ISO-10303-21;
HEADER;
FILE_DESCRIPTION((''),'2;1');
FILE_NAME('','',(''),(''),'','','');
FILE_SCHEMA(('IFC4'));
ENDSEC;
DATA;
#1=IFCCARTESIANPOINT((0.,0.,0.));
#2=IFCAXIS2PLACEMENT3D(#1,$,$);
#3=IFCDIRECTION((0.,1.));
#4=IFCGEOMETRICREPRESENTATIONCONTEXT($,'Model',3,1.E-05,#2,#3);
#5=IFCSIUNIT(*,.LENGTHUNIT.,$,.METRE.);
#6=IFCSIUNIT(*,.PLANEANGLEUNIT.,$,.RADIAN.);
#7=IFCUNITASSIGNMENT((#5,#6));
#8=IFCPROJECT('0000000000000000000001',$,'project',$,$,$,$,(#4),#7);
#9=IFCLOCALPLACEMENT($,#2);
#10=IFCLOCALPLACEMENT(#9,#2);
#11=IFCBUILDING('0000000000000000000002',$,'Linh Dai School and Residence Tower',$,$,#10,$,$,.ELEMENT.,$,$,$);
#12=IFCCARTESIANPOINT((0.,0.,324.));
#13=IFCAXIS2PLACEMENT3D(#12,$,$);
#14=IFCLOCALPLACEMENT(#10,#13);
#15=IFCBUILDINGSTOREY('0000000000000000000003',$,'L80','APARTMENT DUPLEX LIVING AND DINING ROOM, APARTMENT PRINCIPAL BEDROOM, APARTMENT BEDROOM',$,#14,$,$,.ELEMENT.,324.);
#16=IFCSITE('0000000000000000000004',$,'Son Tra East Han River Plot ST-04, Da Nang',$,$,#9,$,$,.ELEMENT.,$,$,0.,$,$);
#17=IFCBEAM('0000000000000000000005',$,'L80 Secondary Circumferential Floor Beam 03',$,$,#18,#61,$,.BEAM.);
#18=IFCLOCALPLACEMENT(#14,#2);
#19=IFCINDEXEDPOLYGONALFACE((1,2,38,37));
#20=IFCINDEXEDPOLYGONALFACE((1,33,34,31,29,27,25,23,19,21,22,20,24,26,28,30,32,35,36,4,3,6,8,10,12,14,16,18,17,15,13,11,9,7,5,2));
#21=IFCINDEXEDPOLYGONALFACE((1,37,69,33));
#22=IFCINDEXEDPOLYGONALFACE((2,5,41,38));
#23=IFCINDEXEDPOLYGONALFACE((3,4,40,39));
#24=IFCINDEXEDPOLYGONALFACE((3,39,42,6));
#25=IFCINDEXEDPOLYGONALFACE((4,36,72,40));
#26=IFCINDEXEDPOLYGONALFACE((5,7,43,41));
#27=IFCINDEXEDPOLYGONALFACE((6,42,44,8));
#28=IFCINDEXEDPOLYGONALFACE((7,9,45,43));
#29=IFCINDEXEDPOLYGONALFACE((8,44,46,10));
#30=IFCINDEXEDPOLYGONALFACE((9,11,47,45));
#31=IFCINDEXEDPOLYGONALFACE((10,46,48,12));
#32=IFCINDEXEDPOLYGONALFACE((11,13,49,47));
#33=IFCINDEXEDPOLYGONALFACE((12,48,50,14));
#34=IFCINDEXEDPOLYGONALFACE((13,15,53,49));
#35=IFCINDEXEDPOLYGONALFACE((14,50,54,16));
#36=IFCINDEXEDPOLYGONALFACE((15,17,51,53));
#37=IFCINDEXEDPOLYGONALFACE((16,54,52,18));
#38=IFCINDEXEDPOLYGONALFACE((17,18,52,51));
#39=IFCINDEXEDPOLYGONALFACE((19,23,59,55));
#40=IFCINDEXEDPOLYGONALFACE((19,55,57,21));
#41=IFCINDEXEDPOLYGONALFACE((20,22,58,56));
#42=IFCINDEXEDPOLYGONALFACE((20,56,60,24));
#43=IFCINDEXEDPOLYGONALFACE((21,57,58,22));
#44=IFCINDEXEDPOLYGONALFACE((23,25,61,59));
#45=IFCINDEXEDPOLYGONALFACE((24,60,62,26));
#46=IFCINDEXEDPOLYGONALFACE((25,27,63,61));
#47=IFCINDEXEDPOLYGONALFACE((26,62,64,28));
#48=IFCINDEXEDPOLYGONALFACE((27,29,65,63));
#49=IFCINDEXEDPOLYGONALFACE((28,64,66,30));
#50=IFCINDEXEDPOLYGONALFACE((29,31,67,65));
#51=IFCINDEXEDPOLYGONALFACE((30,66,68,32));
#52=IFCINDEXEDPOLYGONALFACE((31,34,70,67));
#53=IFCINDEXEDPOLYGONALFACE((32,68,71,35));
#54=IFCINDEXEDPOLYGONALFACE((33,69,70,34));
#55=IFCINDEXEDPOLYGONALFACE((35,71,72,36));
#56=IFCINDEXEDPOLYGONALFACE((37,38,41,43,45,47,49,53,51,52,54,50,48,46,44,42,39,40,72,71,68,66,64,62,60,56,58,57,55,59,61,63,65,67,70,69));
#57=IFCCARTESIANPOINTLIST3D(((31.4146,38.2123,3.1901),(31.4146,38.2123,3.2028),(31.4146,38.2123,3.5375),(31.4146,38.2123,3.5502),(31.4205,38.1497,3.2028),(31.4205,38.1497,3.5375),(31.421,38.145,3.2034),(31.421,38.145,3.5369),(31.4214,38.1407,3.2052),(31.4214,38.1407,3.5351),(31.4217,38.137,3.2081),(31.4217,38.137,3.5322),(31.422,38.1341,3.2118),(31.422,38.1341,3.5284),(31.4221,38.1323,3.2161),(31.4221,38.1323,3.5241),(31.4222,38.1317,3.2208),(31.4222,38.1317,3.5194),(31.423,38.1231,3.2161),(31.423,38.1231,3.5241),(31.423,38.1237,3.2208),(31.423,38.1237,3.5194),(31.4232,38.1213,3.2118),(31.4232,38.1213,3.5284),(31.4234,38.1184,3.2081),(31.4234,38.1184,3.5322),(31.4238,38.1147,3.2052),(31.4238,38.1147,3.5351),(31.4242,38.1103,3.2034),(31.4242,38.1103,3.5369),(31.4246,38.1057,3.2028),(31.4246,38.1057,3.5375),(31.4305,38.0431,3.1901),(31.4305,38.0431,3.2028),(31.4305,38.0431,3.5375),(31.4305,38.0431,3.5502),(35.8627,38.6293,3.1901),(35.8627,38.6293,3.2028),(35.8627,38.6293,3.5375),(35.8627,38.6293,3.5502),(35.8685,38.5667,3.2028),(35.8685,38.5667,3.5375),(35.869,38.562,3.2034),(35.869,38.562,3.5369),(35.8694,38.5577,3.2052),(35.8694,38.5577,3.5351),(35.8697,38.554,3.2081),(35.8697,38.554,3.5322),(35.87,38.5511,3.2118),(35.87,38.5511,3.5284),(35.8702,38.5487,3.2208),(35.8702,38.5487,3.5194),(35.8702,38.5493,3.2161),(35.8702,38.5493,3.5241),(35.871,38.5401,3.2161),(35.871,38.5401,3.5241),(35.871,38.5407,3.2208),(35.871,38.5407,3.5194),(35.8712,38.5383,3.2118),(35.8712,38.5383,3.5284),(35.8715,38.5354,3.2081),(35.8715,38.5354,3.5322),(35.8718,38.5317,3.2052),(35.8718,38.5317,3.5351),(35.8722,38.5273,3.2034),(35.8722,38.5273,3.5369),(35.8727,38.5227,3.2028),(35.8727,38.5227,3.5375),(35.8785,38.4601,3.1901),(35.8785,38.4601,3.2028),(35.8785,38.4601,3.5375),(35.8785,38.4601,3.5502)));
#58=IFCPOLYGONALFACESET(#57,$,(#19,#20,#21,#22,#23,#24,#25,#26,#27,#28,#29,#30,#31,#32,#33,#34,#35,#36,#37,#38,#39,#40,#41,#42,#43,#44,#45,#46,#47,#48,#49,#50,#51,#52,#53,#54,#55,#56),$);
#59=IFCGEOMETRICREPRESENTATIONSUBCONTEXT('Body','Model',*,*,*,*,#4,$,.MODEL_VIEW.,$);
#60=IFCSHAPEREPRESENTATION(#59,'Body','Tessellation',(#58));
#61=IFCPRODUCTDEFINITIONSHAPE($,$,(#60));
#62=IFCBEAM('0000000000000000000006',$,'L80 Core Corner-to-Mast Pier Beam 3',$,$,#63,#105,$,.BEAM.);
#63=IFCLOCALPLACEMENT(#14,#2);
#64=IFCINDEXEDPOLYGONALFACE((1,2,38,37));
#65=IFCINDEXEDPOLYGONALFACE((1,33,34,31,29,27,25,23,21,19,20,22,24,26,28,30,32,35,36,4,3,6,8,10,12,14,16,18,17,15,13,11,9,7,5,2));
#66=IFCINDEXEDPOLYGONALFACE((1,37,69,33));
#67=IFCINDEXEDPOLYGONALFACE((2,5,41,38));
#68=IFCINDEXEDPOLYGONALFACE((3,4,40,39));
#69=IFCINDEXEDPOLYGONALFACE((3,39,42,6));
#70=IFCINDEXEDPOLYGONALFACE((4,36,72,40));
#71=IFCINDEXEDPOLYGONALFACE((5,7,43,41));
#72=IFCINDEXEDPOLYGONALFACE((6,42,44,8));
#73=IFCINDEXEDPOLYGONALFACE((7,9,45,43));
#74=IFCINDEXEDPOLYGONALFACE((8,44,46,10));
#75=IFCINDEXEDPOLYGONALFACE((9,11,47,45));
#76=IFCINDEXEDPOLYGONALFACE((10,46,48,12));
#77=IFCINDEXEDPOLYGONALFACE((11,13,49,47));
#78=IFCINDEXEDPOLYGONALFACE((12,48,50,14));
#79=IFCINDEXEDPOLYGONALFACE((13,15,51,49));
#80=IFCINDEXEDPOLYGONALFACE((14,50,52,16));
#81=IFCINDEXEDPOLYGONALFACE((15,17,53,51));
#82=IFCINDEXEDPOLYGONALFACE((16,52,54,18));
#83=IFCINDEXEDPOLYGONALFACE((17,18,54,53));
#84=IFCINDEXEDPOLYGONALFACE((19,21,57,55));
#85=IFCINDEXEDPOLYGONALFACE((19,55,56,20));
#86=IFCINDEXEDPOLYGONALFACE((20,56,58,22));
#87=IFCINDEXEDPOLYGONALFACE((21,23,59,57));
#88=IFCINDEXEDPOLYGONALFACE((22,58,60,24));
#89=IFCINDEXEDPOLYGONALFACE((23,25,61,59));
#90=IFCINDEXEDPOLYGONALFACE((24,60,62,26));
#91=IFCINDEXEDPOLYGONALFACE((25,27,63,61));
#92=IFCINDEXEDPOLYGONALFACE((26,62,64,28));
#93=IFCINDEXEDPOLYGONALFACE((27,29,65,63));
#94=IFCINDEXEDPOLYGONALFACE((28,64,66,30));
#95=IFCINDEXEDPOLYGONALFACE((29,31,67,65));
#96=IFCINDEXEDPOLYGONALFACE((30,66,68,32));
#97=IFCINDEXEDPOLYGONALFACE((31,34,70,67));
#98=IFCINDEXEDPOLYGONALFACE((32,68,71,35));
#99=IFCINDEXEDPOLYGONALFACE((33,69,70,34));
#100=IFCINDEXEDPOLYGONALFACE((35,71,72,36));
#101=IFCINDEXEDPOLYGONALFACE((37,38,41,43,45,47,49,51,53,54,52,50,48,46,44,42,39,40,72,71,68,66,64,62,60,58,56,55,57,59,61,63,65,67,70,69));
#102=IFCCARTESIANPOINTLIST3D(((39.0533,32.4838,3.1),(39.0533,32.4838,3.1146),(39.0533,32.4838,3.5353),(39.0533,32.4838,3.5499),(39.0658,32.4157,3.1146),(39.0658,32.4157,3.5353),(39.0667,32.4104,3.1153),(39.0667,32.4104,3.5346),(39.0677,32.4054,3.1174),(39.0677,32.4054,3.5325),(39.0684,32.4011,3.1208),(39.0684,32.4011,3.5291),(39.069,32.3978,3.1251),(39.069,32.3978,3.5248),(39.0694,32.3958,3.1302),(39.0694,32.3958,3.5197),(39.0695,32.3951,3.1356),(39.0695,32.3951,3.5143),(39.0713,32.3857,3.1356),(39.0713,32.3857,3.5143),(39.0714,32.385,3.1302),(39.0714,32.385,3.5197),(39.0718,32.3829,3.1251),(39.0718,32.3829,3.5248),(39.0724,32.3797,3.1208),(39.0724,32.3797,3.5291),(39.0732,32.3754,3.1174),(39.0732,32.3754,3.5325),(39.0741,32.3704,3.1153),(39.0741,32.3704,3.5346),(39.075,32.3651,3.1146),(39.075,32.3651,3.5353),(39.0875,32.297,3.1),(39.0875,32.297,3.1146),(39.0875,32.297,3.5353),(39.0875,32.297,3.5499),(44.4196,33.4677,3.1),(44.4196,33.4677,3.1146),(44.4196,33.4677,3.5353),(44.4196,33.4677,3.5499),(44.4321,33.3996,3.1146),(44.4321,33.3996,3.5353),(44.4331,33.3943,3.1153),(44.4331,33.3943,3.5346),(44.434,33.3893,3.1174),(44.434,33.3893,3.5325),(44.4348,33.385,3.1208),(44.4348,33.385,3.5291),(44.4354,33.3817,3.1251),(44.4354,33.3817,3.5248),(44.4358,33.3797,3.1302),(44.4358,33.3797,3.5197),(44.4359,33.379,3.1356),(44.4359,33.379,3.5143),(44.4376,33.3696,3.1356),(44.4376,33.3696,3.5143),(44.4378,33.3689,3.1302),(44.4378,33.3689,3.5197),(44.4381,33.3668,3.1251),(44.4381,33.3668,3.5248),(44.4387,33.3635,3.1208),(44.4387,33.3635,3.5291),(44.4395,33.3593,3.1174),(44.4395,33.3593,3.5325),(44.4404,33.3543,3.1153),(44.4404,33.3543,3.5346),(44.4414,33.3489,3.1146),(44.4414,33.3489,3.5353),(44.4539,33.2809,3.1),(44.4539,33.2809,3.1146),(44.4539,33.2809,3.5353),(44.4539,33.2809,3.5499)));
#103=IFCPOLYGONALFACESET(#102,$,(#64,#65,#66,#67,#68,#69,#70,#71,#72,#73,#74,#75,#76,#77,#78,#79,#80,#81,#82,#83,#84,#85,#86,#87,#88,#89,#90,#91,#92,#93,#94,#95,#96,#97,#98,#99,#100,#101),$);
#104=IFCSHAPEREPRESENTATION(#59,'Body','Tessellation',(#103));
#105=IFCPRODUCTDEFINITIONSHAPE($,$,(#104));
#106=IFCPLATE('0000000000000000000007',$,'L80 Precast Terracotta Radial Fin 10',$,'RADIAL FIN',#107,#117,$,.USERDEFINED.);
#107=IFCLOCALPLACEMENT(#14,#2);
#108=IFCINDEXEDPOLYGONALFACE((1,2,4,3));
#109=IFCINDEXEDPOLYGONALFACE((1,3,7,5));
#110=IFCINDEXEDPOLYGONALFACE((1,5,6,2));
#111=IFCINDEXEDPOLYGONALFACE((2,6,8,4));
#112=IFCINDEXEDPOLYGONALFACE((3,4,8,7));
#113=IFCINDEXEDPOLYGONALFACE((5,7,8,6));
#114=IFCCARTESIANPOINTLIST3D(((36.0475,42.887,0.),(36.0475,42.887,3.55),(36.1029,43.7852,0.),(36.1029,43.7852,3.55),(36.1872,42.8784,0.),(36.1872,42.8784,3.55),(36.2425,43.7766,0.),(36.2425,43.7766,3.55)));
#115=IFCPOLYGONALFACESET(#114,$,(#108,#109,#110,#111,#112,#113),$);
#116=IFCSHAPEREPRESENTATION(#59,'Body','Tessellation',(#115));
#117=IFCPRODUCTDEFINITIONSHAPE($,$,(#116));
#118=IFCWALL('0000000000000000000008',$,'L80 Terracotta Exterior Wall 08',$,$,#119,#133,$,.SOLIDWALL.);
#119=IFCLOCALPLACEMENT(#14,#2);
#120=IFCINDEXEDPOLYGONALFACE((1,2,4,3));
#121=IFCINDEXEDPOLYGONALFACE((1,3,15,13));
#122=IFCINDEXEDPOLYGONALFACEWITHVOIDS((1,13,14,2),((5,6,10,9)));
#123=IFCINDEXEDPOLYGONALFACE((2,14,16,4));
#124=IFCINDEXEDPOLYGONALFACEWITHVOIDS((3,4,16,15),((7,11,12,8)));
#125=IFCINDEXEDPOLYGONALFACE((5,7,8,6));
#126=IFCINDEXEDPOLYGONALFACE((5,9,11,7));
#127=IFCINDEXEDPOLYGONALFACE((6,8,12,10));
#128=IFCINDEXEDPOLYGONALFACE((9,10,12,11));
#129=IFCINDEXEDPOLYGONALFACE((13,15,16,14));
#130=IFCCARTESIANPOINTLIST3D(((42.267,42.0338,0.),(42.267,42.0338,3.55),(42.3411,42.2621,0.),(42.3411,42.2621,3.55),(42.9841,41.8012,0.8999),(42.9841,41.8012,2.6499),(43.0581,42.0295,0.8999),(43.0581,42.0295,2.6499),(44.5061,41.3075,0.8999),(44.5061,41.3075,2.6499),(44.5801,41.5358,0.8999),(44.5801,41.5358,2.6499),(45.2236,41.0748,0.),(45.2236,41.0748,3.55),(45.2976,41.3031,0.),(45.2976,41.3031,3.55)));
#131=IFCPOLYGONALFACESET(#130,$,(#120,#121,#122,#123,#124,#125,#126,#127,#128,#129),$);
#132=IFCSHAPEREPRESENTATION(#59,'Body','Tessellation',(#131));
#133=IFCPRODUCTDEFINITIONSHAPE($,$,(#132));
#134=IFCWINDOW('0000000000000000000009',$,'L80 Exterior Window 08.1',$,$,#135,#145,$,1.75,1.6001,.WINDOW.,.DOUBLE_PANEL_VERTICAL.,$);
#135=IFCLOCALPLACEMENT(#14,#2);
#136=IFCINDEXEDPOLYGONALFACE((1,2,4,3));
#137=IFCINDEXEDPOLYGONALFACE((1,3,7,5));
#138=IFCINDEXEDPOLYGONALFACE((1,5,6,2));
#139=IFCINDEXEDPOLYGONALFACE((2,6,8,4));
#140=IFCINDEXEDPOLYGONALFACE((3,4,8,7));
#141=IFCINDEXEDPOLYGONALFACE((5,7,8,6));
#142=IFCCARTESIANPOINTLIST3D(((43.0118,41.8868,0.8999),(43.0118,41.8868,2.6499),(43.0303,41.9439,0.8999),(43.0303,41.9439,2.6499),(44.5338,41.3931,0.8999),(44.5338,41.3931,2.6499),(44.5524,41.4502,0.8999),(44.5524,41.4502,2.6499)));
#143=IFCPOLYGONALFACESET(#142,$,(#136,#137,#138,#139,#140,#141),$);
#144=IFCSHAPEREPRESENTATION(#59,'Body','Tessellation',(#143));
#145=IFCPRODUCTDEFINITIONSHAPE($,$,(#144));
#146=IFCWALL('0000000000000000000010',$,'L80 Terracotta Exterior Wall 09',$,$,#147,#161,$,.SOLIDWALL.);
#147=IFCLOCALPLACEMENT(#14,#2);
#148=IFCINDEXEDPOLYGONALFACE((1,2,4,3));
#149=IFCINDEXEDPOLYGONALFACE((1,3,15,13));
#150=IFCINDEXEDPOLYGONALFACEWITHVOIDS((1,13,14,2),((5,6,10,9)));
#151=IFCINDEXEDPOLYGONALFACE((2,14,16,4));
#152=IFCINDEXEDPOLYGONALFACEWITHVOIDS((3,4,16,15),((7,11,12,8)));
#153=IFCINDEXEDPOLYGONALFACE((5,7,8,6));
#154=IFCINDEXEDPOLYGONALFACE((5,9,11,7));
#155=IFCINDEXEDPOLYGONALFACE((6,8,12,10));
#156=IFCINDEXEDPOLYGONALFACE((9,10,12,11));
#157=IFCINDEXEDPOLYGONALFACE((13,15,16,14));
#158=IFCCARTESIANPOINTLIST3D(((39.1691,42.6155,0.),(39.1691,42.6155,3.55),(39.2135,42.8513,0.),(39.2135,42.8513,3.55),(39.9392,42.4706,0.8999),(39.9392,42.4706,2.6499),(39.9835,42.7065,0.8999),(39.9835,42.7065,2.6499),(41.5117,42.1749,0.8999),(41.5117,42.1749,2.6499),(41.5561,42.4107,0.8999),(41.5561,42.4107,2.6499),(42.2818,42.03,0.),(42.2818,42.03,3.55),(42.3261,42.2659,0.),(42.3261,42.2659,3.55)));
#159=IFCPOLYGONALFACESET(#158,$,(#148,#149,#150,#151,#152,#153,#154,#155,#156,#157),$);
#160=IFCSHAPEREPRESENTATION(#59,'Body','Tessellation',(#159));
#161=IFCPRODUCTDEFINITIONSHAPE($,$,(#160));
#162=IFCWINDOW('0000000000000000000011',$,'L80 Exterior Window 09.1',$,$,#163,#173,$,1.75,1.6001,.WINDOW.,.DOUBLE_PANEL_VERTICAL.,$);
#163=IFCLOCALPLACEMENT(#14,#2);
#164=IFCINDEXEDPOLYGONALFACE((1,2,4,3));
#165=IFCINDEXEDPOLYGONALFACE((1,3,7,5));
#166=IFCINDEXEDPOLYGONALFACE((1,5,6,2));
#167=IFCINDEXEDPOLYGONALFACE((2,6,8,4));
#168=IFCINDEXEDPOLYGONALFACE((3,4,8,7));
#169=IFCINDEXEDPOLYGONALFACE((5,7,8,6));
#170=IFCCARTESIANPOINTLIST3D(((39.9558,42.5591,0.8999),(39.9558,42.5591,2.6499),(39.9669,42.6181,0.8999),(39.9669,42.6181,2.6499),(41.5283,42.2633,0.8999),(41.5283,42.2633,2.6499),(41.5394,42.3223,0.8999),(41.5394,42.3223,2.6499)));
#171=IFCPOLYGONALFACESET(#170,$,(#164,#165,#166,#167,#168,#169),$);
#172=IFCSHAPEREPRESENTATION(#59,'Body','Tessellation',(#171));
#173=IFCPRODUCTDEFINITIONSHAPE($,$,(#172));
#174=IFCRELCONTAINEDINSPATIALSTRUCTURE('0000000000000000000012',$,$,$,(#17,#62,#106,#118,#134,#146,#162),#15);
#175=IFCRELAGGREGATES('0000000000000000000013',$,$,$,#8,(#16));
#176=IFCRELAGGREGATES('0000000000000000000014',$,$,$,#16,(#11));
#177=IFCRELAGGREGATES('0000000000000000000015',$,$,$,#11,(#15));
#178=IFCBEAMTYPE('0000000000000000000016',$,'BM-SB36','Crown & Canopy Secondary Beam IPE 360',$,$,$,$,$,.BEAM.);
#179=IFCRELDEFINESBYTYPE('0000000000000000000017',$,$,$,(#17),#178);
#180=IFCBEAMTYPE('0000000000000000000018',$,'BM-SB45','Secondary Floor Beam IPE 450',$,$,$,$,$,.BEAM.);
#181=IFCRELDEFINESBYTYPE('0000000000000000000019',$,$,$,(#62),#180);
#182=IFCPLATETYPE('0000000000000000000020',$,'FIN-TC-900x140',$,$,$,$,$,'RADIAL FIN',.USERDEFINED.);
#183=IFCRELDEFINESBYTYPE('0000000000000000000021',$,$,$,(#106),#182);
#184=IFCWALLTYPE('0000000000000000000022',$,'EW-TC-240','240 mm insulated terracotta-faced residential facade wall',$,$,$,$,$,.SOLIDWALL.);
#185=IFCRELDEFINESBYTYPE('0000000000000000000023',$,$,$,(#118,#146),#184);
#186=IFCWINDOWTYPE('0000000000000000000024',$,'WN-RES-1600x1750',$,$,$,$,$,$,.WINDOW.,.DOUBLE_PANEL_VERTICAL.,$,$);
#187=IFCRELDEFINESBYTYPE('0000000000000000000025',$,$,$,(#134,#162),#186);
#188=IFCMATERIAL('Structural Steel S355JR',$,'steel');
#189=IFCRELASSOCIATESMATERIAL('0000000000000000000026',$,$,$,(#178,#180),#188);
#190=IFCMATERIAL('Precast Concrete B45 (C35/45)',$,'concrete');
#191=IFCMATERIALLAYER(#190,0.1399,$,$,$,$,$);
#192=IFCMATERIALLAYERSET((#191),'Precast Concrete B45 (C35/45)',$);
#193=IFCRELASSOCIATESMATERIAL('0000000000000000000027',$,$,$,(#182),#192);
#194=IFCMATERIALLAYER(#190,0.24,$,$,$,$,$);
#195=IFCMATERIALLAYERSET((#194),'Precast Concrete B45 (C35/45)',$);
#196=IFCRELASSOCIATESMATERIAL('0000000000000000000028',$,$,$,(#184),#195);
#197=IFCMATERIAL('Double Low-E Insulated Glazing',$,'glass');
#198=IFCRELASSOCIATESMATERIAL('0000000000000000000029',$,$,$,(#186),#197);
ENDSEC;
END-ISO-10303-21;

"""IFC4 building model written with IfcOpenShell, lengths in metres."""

from ifc_helpers import new_model, si_unit, direction, frame, frame_2d, origin, origin_2d, place, context, subcontext, project, spatial, rectangle, i_section, extrude, source, transform, mapped, material, layer, layer_set, material_profile, profile_set, type_object, element, fill, save


model = new_model("IFC4")

# Units and contexts
model_context = context("Model", 3, precision=1e-05, world=origin(), true_north=direction((0.0, 1.0)))
body_context = subcontext(model_context, "Body", "Model", "MODEL_VIEW")
ifc_project = project(units=[si_unit("LENGTHUNIT", "METRE"), si_unit("PLANEANGLEUNIT", "RADIAN")], contexts=[model_context])

# Site, building, storey
site_placement = place(None, origin())
site = spatial("IfcSite", under=ifc_project, at=site_placement, Name="Son Tra East Han River Plot ST-04, Da Nang", CompositionType="ELEMENT", RefElevation=0.0)
building_placement = place(site_placement, origin())
building = spatial("IfcBuilding", under=site, at=building_placement, Name="Linh Dai School and Residence Tower", CompositionType="ELEMENT")
storey_placement = place(building_placement, frame((0.0, 0.0, 324.0)))
storey = spatial("IfcBuildingStorey", under=building, at=storey_placement, Name="L80", Description="APARTMENT DUPLEX LIVING AND DINING ROOM, APARTMENT PRINCIPAL BEDROOM, APARTMENT BEDROOM", CompositionType="ELEMENT", Elevation=324.0)

# Shared definitions
ifc_material_1 = material(Name="Structural Steel S355JR", Category="steel")

# Beams
ifc_material_profile_1 = material_profile(ifc_material_1, i_section(OverallWidth=0.1699, OverallDepth=0.3601, WebThickness=0.0081, FlangeThickness=0.0127, FilletRadius=0.0181, at=origin_2d()), Name="IPE 360")
ifc_profile_set_1 = profile_set([ifc_material_profile_1], Name="Structural Steel S355JR")
beam_type_1 = type_object("IfcBeamType", Name="BM-SB36", Description="Crown & Canopy Secondary Beam IPE 360", PredefinedType="BEAM", material=ifc_profile_set_1)
beam_1_placement = place(storey_placement, frame((35.8706, 38.5447, 3.3701), z_axis=(-0.995634, -0.093339, 0.0), x_axis=(0.093339, -0.995634, 0.0)))
element("IfcBeam", 1, at=beam_1_placement, inside=storey, type_object=beam_type_1, Name="L80 Secondary Circumferential Floor Beam 03", PredefinedType="BEAM", context=body_context, shape_type="SweptSolid", body=[
    extrude(i_section(OverallWidth=0.1699, OverallDepth=0.3601, WebThickness=0.0081, FlangeThickness=0.0127, FilletRadius=0.0181, at=origin_2d()), origin(), (0.0, 0.0, 1.0), 4.4675),
])
ifc_material_profile_2 = material_profile(ifc_material_1, i_section(OverallWidth=0.1899, OverallDepth=0.45, WebThickness=0.0095, FlangeThickness=0.0146, FilletRadius=0.021, at=origin_2d()), Name="IPE 450")
ifc_profile_set_2 = profile_set([ifc_material_profile_2], Name="Structural Steel S355JR")
beam_type_2 = type_object("IfcBeamType", Name="BM-SB45", Description="Secondary Floor Beam IPE 450", PredefinedType="BEAM", material=ifc_profile_set_2)
beam_2_placement = place(storey_placement, frame((44.4368, 33.3743, 3.325), z_axis=(-0.983605, -0.180334, 0.0), x_axis=(0.180334, -0.983605, 0.0)))
element("IfcBeam", 2, at=beam_2_placement, inside=storey, type_object=beam_type_2, Name="L80 Core Corner-to-Mast Pier Beam 3", PredefinedType="BEAM", context=body_context, shape_type="SweptSolid", body=[
    extrude(i_section(OverallWidth=0.1899, OverallDepth=0.45, WebThickness=0.0095, FlangeThickness=0.0146, FilletRadius=0.021, at=origin_2d()), origin(), (0.0, 0.0, 1.0), 5.4558),
])

# Plate
ifc_material_2 = material(Name="Precast Concrete B45 (C35/45)", Category="concrete")
ifc_layer_1 = layer(ifc_material_2, 0.1399)
ifc_layer_set_1 = layer_set([ifc_layer_1], Name="Precast Concrete B45 (C35/45)")
plate_type = type_object("IfcPlateType", Name="FIN-TC-900x140", ElementType="RADIAL FIN", PredefinedType="USERDEFINED", material=ifc_layer_set_1)
shared_shape_1 = source(origin(), body_context, "Body", "SweptSolid", [
    extrude(rectangle(XDim=0.8999, YDim=0.1399, at=origin_2d()), origin(), (0.0, 0.0, 1.0), 3.55),
])
plate_placement = place(storey_placement, frame((36.145, 43.3318, 0.0), z_axis=(0.0, 0.0, 1.0), x_axis=(0.061518, 0.998106, 0.0)))
element("IfcPlate", 3, at=plate_placement, inside=storey, type_object=plate_type, Name="L80 Precast Terracotta Radial Fin 10", ObjectType="RADIAL FIN", PredefinedType="USERDEFINED", context=body_context, shape_type="MappedRepresentation", body=[
    mapped(shared_shape_1, transform((0.0, 0.0, 0.0), x_axis=(1.0, 0.0, 0.0), y_axis=(0.0, 1.0, 0.0), z_axis=(0.0, 0.0, 1.0), scale=1.0)),
])

# Walls, openings, windows
ifc_layer_2 = layer(ifc_material_2, 0.24)
ifc_layer_set_2 = layer_set([ifc_layer_2], Name="Precast Concrete B45 (C35/45)")
wall_type_1 = type_object("IfcWallType", Name="EW-TC-240", Description="240 mm insulated terracotta-faced residential facade wall", PredefinedType="SOLIDWALL", material=ifc_layer_set_2)
wall_1_placement = place(storey_placement, frame((42.304, 42.1479, 0.0), z_axis=(0.0, 0.0, 1.0), x_axis=(0.951213, -0.308535, 0.0)))
wall_1 = element("IfcWall", 4, at=wall_1_placement, inside=storey, type_object=wall_type_1, Name="L80 Terracotta Exterior Wall 08", PredefinedType="SOLIDWALL", context=body_context, shape_type="SweptSolid", body=[
    extrude(rectangle(XDim=3.1082, YDim=0.24, at=frame_2d((1.5542, 0.0))), origin(), (0.0, 0.0, 1.0), 3.55),
])
opening_1_placement = place(wall_1_placement, frame((0.7539, 0.0, 0.8999)))
opening_1 = element("IfcOpeningElement", 5, at=opening_1_placement, cuts=wall_1, PredefinedType="OPENING", context=body_context, shape_type="SweptSolid", body=[
    extrude(rectangle(XDim=1.6001, YDim=1.75, at=origin_2d()), frame((0.8, 0.1299, 0.875), z_axis=(0.0, -1.0, 0.0), x_axis=(1.0, 0.0, 0.0)), (0.0, 0.0, 1.0), 0.26),
])
ifc_material_3 = material(Name="Double Low-E Insulated Glazing", Category="glass")
window_type = type_object("IfcWindowType", Name="WN-RES-1600x1750", PartitioningType="DOUBLE_PANEL_VERTICAL", PredefinedType="WINDOW", material=ifc_material_3)
shared_shape_2 = source(origin(), body_context, "Body", "SweptSolid", [
    extrude(rectangle(XDim=1.6001, YDim=1.75, at=origin_2d()), frame((0.8, 0.03, 0.875), z_axis=(0.0, -1.0, 0.0), x_axis=(1.0, 0.0, 0.0)), (0.0, 0.0, 1.0), 0.0601),
])
window_1_placement = place(opening_1_placement, origin())
window_1 = element("IfcWindow", 6, at=window_1_placement, inside=storey, type_object=window_type, Name="L80 Exterior Window 08.1", OverallHeight=1.75, OverallWidth=1.6001, PartitioningType="DOUBLE_PANEL_VERTICAL", PredefinedType="WINDOW", context=body_context, shape_type="MappedRepresentation", body=[
    mapped(shared_shape_2, transform((0.0, 0.0, 0.0), x_axis=(1.0, 0.0, 0.0), y_axis=(0.0, 1.0, 0.0), z_axis=(0.0, 0.0, 1.0), scale=1.0)),
])
fill(opening_1, window_1)
wall_2_placement = place(storey_placement, frame((39.1914, 42.7334, 0.0), z_axis=(0.0, 0.0, 1.0), x_axis=(0.982766, -0.184852, 0.0)))
wall_2 = element("IfcWall", 7, at=wall_2_placement, inside=storey, type_object=wall_type_1, Name="L80 Terracotta Exterior Wall 09", PredefinedType="SOLIDWALL", context=body_context, shape_type="SweptSolid", body=[
    extrude(rectangle(XDim=3.1672, YDim=0.24, at=frame_2d((1.5835, 0.0))), origin(), (0.0, 0.0, 1.0), 3.55),
])
opening_2_placement = place(wall_2_placement, frame((0.7834, 0.0, 0.8999)))
opening_2 = element("IfcOpeningElement", 8, at=opening_2_placement, cuts=wall_2, PredefinedType="OPENING", context=body_context, shape_type="SweptSolid", body=[
    extrude(rectangle(XDim=1.6001, YDim=1.75, at=origin_2d()), frame((0.8, 0.1299, 0.875), z_axis=(0.0, -1.0, 0.0), x_axis=(1.0, 0.0, 0.0)), (0.0, 0.0, 1.0), 0.26),
])
window_2_placement = place(opening_2_placement, origin())
window_2 = element("IfcWindow", 9, at=window_2_placement, inside=storey, type_object=window_type, Name="L80 Exterior Window 09.1", OverallHeight=1.75, OverallWidth=1.6001, PartitioningType="DOUBLE_PANEL_VERTICAL", PredefinedType="WINDOW", context=body_context, shape_type="MappedRepresentation", body=[
    mapped(shared_shape_2, transform((0.0, 0.0, 0.0), x_axis=(1.0, 0.0, 0.0), y_axis=(0.0, 1.0, 0.0), z_axis=(0.0, 0.0, 1.0), scale=1.0)),
])
fill(opening_2, window_2)

save(model, "model.ifc")
